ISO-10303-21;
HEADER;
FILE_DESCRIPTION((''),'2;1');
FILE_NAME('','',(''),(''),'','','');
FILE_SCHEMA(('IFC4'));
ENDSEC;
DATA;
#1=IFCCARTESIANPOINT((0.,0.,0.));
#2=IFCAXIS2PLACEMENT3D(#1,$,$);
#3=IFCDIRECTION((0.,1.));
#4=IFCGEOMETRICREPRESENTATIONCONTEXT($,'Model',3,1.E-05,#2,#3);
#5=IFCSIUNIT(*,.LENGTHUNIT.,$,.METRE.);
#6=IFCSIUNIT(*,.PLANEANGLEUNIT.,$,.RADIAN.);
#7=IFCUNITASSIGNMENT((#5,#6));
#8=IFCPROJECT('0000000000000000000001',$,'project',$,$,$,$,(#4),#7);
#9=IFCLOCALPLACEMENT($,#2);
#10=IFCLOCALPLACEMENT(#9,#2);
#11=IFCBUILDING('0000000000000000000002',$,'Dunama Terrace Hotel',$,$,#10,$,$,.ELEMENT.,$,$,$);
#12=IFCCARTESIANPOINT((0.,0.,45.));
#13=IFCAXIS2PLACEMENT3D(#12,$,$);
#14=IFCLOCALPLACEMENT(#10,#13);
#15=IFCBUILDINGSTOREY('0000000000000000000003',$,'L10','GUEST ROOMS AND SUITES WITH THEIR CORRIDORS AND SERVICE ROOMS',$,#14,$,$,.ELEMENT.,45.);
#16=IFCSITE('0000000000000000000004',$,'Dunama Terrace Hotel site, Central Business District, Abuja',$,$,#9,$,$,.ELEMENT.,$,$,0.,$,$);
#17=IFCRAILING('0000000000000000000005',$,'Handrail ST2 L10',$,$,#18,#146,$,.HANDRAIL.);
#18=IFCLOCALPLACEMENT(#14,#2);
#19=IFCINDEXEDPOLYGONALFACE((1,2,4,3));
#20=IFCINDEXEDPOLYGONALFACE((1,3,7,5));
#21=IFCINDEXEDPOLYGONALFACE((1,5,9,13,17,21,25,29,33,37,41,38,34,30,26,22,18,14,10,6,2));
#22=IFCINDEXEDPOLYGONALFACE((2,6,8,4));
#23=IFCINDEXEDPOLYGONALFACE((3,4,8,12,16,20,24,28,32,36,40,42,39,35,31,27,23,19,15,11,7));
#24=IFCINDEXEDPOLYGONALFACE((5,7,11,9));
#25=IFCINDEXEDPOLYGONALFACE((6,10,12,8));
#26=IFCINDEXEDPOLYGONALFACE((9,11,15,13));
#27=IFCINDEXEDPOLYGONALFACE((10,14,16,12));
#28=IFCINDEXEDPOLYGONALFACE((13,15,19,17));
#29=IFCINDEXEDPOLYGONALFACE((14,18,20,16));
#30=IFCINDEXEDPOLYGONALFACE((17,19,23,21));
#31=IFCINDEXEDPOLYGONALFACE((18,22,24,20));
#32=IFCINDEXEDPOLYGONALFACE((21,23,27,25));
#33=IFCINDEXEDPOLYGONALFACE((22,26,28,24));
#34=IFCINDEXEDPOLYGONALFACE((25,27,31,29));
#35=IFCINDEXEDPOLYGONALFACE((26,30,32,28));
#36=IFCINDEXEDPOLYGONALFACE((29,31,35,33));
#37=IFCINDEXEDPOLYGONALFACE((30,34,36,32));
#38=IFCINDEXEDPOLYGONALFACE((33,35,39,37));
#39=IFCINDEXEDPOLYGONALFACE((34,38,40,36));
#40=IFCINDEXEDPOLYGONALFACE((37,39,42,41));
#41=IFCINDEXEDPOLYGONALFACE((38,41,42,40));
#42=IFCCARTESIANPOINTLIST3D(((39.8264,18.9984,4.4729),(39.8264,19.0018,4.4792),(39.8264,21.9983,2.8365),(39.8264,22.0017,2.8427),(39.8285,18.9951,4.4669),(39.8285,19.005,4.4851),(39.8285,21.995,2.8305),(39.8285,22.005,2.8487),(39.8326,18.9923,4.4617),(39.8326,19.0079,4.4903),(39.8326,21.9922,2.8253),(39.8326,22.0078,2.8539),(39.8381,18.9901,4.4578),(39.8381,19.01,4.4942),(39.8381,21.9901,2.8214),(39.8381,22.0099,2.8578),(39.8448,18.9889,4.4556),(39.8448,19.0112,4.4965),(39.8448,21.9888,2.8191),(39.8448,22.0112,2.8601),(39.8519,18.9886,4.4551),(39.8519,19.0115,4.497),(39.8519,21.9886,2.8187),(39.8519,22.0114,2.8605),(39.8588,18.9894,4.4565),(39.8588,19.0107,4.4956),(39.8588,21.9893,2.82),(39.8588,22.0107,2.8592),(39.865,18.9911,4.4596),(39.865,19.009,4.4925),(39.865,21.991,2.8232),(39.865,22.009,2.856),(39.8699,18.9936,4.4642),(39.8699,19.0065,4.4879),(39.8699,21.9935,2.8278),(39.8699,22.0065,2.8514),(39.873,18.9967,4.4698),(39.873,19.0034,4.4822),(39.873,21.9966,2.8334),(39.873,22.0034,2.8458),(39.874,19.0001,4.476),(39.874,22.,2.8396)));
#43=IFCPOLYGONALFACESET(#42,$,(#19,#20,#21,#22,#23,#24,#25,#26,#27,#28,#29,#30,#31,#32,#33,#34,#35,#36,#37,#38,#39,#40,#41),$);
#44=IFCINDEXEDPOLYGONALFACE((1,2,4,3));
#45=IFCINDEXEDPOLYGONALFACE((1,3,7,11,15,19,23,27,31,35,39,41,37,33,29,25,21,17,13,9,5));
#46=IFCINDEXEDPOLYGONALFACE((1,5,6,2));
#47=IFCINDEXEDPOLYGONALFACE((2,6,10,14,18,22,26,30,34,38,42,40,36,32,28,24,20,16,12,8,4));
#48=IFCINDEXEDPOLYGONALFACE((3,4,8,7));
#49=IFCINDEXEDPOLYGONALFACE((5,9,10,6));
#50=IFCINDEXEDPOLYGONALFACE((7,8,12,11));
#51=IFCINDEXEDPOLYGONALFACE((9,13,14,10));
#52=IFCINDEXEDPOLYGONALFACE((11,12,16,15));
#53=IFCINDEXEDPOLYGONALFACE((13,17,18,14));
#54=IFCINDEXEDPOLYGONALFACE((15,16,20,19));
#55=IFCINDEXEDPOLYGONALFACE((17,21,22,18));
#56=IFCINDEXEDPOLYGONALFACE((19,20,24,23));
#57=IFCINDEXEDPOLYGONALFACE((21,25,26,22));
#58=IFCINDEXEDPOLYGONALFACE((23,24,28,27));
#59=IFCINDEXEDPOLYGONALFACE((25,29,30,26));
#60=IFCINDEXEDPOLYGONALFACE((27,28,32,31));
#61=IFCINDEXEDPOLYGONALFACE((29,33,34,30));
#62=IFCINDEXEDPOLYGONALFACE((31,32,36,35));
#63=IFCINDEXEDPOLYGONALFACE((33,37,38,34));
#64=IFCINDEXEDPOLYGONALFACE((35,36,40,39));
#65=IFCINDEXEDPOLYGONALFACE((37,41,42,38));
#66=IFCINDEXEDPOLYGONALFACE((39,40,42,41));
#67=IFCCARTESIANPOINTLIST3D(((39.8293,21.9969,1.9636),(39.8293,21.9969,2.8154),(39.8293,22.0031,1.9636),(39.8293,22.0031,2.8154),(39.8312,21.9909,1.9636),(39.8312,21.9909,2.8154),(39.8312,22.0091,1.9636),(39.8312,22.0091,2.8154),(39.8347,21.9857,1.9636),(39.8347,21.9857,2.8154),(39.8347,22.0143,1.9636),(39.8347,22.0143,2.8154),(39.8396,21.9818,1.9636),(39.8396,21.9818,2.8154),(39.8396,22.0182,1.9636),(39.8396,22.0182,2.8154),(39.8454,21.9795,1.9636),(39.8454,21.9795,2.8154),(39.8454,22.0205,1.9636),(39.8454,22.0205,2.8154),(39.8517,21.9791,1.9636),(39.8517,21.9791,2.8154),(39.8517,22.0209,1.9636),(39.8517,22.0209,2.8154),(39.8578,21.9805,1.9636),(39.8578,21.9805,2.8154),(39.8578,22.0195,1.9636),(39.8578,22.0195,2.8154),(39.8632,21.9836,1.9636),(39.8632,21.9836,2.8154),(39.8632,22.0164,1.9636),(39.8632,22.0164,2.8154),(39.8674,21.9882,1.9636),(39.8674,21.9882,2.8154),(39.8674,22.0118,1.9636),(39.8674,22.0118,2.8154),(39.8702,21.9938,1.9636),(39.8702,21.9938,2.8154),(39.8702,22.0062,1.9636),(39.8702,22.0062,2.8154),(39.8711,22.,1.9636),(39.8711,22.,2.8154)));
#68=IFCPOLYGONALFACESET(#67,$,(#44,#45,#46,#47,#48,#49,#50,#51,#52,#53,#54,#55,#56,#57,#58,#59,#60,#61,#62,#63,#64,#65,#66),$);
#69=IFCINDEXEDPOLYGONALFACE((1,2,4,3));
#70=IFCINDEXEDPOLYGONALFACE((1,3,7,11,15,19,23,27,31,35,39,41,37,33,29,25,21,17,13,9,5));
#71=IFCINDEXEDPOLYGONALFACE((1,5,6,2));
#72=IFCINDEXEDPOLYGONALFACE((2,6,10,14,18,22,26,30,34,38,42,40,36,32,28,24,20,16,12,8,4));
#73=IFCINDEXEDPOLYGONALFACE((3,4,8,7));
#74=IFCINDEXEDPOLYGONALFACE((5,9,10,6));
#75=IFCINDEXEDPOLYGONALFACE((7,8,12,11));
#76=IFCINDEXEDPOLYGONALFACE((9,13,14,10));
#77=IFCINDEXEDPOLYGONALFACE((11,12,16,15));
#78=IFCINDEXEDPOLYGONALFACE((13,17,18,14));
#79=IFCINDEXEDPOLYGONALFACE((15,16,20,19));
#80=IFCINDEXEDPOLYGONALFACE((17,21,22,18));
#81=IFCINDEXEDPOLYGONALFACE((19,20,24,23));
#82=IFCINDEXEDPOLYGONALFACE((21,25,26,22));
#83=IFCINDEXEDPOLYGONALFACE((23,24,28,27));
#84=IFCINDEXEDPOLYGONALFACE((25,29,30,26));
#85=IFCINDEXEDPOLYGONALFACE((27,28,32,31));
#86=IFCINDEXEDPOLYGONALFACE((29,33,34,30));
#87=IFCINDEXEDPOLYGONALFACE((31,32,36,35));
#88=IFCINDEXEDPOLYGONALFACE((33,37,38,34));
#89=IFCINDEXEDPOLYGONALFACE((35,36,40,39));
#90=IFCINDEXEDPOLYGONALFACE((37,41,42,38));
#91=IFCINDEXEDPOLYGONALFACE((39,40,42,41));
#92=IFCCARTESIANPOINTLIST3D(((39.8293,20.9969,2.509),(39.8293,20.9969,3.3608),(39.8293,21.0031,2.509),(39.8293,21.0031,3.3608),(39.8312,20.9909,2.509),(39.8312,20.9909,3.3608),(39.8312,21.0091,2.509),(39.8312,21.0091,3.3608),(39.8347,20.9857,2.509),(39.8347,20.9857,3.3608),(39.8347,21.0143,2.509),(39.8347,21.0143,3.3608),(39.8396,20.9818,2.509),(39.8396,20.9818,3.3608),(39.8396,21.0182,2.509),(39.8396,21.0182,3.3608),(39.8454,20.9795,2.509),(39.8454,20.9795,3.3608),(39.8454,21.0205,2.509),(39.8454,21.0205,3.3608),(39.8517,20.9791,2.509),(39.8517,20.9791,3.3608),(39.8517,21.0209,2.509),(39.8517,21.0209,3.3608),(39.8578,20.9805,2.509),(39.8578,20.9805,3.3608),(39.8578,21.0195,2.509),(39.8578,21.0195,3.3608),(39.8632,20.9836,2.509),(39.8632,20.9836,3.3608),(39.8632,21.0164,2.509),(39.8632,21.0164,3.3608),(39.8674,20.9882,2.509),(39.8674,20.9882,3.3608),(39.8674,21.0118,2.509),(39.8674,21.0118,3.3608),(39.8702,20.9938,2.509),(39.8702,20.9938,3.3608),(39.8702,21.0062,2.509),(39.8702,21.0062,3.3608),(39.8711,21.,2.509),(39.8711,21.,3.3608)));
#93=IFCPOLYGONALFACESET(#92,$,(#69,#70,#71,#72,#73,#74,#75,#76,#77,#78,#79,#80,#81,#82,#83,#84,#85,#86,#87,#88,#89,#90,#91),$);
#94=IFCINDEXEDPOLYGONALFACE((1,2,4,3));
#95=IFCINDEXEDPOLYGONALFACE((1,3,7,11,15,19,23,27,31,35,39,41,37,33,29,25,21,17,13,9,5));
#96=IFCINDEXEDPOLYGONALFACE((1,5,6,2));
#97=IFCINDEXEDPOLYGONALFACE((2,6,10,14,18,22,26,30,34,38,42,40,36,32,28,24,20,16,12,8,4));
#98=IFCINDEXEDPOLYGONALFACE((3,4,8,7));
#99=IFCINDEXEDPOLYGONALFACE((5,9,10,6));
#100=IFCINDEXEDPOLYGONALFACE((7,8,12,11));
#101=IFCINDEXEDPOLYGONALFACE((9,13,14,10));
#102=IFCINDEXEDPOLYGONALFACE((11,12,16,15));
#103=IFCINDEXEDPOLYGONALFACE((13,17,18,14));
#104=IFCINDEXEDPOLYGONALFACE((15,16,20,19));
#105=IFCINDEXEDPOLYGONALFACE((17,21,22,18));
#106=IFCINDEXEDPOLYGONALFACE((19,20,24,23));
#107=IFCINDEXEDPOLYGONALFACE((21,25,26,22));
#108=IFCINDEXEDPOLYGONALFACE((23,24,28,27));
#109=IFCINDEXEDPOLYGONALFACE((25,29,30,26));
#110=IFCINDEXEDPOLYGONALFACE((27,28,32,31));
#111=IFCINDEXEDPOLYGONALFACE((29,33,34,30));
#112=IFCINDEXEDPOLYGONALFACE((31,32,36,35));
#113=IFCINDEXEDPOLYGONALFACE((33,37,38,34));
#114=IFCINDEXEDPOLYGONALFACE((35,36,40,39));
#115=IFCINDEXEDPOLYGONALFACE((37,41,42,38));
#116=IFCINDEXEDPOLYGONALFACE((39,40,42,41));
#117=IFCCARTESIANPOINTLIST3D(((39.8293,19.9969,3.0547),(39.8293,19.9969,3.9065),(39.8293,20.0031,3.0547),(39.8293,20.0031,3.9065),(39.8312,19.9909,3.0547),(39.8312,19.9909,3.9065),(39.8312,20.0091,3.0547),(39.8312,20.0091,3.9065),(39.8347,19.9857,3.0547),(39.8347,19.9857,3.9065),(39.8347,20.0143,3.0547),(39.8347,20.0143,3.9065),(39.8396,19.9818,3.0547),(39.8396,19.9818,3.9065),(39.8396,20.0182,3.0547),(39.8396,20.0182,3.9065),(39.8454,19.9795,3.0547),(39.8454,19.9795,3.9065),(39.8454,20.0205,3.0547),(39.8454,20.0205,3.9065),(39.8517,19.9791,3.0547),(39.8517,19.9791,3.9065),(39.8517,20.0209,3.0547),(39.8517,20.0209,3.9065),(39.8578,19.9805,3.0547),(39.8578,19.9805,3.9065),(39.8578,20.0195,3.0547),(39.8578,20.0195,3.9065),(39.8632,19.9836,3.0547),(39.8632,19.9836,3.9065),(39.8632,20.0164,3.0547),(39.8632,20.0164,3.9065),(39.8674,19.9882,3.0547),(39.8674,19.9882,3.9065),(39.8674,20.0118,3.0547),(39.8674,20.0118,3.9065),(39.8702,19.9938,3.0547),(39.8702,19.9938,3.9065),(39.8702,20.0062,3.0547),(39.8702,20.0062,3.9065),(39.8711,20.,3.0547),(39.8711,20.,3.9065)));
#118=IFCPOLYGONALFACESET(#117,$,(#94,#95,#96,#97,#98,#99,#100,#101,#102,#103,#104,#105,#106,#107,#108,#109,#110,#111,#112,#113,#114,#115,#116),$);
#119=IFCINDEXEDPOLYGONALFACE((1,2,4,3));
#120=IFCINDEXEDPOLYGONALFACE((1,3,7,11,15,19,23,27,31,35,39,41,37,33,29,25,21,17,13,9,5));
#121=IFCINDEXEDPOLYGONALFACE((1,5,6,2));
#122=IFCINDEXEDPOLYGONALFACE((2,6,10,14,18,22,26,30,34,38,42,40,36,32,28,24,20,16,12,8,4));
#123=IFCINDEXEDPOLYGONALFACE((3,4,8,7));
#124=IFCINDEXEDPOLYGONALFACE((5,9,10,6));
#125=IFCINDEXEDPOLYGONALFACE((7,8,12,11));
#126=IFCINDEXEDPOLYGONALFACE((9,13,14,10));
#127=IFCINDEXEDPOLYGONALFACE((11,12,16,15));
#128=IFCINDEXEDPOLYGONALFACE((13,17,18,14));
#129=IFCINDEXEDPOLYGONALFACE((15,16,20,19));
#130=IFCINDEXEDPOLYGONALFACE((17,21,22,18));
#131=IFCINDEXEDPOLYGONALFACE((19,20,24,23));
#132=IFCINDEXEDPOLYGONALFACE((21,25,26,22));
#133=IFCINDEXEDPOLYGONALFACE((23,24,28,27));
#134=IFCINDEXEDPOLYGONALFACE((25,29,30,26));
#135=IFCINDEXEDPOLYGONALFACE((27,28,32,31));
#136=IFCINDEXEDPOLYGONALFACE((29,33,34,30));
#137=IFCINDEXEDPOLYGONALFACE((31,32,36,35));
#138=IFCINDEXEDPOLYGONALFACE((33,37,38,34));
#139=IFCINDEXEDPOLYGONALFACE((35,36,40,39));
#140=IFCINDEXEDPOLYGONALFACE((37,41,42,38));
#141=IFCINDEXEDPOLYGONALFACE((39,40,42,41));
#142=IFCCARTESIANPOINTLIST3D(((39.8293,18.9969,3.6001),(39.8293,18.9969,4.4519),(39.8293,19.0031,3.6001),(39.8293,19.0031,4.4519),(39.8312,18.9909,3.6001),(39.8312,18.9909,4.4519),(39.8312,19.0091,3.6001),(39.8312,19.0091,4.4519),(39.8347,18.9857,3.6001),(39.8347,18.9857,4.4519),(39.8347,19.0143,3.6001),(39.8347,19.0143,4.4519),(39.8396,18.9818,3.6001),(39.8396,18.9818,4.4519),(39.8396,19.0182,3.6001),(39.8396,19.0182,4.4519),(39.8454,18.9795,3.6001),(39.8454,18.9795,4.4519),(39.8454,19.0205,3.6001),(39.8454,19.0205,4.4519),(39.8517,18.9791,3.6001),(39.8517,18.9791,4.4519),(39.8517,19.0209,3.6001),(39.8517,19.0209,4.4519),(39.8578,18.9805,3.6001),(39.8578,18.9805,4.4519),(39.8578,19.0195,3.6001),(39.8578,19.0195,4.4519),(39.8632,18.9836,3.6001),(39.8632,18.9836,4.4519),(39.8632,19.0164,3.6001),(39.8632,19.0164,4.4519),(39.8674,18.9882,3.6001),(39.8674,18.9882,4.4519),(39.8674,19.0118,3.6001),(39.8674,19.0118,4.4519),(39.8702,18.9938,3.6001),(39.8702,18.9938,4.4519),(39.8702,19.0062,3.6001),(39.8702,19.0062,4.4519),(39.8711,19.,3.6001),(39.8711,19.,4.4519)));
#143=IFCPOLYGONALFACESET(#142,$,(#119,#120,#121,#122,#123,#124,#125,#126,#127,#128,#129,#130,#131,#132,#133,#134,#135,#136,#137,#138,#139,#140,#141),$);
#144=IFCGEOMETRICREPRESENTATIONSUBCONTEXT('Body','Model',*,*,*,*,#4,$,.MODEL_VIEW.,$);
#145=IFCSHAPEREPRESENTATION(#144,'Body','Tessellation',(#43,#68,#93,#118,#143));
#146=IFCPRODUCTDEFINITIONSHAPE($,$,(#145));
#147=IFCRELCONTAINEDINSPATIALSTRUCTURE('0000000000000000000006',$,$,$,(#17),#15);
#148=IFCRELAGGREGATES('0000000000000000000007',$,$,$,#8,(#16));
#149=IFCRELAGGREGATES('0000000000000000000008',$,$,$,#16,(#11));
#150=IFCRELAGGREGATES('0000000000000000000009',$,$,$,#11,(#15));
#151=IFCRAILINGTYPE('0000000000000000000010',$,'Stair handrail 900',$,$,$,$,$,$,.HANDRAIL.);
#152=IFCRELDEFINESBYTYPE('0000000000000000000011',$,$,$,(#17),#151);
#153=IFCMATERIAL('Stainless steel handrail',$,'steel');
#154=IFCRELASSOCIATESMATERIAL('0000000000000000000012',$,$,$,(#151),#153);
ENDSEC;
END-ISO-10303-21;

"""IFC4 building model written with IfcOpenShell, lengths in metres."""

from ifc_helpers import new_model, si_unit, direction, frame, origin, origin_2d, place, context, subcontext, project, spatial, circle, extrude, material, type_object, element, save


model = new_model("IFC4")

# Units and contexts
model_context = context("Model", 3, precision=1e-05, world=origin(), true_north=direction((0.0, 1.0)))
body_context = subcontext(model_context, "Body", "Model", "MODEL_VIEW")
ifc_project = project(units=[si_unit("LENGTHUNIT", "METRE"), si_unit("PLANEANGLEUNIT", "RADIAN")], contexts=[model_context])

# Site, building, storey
site_placement = place(None, origin())
site = spatial("IfcSite", under=ifc_project, at=site_placement, Name="Dunama Terrace Hotel site, Central Business District, Abuja", CompositionType="ELEMENT", RefElevation=0.0)
building_placement = place(site_placement, origin())
building = spatial("IfcBuilding", under=site, at=building_placement, Name="Dunama Terrace Hotel", CompositionType="ELEMENT")
storey_placement = place(building_placement, frame((0.0, 0.0, 45.0)))
storey = spatial("IfcBuildingStorey", under=building, at=storey_placement, Name="L10", Description="GUEST ROOMS AND SUITES WITH THEIR CORRIDORS AND SERVICE ROOMS", CompositionType="ELEMENT", Elevation=45.0)

# Railing
ifc_material_1 = material(Name="Stainless steel handrail", Category="steel")
railing_type = type_object("IfcRailingType", Name="Stair handrail 900", PredefinedType="HANDRAIL", material=ifc_material_1)
railing_1_placement = place(storey_placement, frame((39.8501, 22.0, 1.9636)))
element("IfcRailing", 1, at=railing_1_placement, inside=storey, type_object=railing_type, Name="Handrail ST2 L10", PredefinedType="HANDRAIL", context=body_context, shape_type="SweptSolid", body=[
    extrude(circle(Radius=0.0239, at=origin_2d()), frame((0.0, 0.0, 0.876), z_axis=(0.0, -0.877882, 0.478877), x_axis=(1.0, 0.0, 0.0)), (0.0, 0.0, 1.0), 3.4172),
    extrude(circle(Radius=0.021, at=origin_2d()), origin(), (0.0, 0.0, 1.0), 0.8518),
    extrude(circle(Radius=0.021, at=origin_2d()), frame((0.0, -1.0, 0.5454)), (0.0, 0.0, 1.0), 0.8518),
    extrude(circle(Radius=0.021, at=origin_2d()), frame((0.0, -2.0, 1.0911)), (0.0, 0.0, 1.0), 0.8518),
    extrude(circle(Radius=0.021, at=origin_2d()), frame((0.0, -3.0, 1.6365)), (0.0, 0.0, 1.0), 0.8518),
])

save(model, "model.ifc")
